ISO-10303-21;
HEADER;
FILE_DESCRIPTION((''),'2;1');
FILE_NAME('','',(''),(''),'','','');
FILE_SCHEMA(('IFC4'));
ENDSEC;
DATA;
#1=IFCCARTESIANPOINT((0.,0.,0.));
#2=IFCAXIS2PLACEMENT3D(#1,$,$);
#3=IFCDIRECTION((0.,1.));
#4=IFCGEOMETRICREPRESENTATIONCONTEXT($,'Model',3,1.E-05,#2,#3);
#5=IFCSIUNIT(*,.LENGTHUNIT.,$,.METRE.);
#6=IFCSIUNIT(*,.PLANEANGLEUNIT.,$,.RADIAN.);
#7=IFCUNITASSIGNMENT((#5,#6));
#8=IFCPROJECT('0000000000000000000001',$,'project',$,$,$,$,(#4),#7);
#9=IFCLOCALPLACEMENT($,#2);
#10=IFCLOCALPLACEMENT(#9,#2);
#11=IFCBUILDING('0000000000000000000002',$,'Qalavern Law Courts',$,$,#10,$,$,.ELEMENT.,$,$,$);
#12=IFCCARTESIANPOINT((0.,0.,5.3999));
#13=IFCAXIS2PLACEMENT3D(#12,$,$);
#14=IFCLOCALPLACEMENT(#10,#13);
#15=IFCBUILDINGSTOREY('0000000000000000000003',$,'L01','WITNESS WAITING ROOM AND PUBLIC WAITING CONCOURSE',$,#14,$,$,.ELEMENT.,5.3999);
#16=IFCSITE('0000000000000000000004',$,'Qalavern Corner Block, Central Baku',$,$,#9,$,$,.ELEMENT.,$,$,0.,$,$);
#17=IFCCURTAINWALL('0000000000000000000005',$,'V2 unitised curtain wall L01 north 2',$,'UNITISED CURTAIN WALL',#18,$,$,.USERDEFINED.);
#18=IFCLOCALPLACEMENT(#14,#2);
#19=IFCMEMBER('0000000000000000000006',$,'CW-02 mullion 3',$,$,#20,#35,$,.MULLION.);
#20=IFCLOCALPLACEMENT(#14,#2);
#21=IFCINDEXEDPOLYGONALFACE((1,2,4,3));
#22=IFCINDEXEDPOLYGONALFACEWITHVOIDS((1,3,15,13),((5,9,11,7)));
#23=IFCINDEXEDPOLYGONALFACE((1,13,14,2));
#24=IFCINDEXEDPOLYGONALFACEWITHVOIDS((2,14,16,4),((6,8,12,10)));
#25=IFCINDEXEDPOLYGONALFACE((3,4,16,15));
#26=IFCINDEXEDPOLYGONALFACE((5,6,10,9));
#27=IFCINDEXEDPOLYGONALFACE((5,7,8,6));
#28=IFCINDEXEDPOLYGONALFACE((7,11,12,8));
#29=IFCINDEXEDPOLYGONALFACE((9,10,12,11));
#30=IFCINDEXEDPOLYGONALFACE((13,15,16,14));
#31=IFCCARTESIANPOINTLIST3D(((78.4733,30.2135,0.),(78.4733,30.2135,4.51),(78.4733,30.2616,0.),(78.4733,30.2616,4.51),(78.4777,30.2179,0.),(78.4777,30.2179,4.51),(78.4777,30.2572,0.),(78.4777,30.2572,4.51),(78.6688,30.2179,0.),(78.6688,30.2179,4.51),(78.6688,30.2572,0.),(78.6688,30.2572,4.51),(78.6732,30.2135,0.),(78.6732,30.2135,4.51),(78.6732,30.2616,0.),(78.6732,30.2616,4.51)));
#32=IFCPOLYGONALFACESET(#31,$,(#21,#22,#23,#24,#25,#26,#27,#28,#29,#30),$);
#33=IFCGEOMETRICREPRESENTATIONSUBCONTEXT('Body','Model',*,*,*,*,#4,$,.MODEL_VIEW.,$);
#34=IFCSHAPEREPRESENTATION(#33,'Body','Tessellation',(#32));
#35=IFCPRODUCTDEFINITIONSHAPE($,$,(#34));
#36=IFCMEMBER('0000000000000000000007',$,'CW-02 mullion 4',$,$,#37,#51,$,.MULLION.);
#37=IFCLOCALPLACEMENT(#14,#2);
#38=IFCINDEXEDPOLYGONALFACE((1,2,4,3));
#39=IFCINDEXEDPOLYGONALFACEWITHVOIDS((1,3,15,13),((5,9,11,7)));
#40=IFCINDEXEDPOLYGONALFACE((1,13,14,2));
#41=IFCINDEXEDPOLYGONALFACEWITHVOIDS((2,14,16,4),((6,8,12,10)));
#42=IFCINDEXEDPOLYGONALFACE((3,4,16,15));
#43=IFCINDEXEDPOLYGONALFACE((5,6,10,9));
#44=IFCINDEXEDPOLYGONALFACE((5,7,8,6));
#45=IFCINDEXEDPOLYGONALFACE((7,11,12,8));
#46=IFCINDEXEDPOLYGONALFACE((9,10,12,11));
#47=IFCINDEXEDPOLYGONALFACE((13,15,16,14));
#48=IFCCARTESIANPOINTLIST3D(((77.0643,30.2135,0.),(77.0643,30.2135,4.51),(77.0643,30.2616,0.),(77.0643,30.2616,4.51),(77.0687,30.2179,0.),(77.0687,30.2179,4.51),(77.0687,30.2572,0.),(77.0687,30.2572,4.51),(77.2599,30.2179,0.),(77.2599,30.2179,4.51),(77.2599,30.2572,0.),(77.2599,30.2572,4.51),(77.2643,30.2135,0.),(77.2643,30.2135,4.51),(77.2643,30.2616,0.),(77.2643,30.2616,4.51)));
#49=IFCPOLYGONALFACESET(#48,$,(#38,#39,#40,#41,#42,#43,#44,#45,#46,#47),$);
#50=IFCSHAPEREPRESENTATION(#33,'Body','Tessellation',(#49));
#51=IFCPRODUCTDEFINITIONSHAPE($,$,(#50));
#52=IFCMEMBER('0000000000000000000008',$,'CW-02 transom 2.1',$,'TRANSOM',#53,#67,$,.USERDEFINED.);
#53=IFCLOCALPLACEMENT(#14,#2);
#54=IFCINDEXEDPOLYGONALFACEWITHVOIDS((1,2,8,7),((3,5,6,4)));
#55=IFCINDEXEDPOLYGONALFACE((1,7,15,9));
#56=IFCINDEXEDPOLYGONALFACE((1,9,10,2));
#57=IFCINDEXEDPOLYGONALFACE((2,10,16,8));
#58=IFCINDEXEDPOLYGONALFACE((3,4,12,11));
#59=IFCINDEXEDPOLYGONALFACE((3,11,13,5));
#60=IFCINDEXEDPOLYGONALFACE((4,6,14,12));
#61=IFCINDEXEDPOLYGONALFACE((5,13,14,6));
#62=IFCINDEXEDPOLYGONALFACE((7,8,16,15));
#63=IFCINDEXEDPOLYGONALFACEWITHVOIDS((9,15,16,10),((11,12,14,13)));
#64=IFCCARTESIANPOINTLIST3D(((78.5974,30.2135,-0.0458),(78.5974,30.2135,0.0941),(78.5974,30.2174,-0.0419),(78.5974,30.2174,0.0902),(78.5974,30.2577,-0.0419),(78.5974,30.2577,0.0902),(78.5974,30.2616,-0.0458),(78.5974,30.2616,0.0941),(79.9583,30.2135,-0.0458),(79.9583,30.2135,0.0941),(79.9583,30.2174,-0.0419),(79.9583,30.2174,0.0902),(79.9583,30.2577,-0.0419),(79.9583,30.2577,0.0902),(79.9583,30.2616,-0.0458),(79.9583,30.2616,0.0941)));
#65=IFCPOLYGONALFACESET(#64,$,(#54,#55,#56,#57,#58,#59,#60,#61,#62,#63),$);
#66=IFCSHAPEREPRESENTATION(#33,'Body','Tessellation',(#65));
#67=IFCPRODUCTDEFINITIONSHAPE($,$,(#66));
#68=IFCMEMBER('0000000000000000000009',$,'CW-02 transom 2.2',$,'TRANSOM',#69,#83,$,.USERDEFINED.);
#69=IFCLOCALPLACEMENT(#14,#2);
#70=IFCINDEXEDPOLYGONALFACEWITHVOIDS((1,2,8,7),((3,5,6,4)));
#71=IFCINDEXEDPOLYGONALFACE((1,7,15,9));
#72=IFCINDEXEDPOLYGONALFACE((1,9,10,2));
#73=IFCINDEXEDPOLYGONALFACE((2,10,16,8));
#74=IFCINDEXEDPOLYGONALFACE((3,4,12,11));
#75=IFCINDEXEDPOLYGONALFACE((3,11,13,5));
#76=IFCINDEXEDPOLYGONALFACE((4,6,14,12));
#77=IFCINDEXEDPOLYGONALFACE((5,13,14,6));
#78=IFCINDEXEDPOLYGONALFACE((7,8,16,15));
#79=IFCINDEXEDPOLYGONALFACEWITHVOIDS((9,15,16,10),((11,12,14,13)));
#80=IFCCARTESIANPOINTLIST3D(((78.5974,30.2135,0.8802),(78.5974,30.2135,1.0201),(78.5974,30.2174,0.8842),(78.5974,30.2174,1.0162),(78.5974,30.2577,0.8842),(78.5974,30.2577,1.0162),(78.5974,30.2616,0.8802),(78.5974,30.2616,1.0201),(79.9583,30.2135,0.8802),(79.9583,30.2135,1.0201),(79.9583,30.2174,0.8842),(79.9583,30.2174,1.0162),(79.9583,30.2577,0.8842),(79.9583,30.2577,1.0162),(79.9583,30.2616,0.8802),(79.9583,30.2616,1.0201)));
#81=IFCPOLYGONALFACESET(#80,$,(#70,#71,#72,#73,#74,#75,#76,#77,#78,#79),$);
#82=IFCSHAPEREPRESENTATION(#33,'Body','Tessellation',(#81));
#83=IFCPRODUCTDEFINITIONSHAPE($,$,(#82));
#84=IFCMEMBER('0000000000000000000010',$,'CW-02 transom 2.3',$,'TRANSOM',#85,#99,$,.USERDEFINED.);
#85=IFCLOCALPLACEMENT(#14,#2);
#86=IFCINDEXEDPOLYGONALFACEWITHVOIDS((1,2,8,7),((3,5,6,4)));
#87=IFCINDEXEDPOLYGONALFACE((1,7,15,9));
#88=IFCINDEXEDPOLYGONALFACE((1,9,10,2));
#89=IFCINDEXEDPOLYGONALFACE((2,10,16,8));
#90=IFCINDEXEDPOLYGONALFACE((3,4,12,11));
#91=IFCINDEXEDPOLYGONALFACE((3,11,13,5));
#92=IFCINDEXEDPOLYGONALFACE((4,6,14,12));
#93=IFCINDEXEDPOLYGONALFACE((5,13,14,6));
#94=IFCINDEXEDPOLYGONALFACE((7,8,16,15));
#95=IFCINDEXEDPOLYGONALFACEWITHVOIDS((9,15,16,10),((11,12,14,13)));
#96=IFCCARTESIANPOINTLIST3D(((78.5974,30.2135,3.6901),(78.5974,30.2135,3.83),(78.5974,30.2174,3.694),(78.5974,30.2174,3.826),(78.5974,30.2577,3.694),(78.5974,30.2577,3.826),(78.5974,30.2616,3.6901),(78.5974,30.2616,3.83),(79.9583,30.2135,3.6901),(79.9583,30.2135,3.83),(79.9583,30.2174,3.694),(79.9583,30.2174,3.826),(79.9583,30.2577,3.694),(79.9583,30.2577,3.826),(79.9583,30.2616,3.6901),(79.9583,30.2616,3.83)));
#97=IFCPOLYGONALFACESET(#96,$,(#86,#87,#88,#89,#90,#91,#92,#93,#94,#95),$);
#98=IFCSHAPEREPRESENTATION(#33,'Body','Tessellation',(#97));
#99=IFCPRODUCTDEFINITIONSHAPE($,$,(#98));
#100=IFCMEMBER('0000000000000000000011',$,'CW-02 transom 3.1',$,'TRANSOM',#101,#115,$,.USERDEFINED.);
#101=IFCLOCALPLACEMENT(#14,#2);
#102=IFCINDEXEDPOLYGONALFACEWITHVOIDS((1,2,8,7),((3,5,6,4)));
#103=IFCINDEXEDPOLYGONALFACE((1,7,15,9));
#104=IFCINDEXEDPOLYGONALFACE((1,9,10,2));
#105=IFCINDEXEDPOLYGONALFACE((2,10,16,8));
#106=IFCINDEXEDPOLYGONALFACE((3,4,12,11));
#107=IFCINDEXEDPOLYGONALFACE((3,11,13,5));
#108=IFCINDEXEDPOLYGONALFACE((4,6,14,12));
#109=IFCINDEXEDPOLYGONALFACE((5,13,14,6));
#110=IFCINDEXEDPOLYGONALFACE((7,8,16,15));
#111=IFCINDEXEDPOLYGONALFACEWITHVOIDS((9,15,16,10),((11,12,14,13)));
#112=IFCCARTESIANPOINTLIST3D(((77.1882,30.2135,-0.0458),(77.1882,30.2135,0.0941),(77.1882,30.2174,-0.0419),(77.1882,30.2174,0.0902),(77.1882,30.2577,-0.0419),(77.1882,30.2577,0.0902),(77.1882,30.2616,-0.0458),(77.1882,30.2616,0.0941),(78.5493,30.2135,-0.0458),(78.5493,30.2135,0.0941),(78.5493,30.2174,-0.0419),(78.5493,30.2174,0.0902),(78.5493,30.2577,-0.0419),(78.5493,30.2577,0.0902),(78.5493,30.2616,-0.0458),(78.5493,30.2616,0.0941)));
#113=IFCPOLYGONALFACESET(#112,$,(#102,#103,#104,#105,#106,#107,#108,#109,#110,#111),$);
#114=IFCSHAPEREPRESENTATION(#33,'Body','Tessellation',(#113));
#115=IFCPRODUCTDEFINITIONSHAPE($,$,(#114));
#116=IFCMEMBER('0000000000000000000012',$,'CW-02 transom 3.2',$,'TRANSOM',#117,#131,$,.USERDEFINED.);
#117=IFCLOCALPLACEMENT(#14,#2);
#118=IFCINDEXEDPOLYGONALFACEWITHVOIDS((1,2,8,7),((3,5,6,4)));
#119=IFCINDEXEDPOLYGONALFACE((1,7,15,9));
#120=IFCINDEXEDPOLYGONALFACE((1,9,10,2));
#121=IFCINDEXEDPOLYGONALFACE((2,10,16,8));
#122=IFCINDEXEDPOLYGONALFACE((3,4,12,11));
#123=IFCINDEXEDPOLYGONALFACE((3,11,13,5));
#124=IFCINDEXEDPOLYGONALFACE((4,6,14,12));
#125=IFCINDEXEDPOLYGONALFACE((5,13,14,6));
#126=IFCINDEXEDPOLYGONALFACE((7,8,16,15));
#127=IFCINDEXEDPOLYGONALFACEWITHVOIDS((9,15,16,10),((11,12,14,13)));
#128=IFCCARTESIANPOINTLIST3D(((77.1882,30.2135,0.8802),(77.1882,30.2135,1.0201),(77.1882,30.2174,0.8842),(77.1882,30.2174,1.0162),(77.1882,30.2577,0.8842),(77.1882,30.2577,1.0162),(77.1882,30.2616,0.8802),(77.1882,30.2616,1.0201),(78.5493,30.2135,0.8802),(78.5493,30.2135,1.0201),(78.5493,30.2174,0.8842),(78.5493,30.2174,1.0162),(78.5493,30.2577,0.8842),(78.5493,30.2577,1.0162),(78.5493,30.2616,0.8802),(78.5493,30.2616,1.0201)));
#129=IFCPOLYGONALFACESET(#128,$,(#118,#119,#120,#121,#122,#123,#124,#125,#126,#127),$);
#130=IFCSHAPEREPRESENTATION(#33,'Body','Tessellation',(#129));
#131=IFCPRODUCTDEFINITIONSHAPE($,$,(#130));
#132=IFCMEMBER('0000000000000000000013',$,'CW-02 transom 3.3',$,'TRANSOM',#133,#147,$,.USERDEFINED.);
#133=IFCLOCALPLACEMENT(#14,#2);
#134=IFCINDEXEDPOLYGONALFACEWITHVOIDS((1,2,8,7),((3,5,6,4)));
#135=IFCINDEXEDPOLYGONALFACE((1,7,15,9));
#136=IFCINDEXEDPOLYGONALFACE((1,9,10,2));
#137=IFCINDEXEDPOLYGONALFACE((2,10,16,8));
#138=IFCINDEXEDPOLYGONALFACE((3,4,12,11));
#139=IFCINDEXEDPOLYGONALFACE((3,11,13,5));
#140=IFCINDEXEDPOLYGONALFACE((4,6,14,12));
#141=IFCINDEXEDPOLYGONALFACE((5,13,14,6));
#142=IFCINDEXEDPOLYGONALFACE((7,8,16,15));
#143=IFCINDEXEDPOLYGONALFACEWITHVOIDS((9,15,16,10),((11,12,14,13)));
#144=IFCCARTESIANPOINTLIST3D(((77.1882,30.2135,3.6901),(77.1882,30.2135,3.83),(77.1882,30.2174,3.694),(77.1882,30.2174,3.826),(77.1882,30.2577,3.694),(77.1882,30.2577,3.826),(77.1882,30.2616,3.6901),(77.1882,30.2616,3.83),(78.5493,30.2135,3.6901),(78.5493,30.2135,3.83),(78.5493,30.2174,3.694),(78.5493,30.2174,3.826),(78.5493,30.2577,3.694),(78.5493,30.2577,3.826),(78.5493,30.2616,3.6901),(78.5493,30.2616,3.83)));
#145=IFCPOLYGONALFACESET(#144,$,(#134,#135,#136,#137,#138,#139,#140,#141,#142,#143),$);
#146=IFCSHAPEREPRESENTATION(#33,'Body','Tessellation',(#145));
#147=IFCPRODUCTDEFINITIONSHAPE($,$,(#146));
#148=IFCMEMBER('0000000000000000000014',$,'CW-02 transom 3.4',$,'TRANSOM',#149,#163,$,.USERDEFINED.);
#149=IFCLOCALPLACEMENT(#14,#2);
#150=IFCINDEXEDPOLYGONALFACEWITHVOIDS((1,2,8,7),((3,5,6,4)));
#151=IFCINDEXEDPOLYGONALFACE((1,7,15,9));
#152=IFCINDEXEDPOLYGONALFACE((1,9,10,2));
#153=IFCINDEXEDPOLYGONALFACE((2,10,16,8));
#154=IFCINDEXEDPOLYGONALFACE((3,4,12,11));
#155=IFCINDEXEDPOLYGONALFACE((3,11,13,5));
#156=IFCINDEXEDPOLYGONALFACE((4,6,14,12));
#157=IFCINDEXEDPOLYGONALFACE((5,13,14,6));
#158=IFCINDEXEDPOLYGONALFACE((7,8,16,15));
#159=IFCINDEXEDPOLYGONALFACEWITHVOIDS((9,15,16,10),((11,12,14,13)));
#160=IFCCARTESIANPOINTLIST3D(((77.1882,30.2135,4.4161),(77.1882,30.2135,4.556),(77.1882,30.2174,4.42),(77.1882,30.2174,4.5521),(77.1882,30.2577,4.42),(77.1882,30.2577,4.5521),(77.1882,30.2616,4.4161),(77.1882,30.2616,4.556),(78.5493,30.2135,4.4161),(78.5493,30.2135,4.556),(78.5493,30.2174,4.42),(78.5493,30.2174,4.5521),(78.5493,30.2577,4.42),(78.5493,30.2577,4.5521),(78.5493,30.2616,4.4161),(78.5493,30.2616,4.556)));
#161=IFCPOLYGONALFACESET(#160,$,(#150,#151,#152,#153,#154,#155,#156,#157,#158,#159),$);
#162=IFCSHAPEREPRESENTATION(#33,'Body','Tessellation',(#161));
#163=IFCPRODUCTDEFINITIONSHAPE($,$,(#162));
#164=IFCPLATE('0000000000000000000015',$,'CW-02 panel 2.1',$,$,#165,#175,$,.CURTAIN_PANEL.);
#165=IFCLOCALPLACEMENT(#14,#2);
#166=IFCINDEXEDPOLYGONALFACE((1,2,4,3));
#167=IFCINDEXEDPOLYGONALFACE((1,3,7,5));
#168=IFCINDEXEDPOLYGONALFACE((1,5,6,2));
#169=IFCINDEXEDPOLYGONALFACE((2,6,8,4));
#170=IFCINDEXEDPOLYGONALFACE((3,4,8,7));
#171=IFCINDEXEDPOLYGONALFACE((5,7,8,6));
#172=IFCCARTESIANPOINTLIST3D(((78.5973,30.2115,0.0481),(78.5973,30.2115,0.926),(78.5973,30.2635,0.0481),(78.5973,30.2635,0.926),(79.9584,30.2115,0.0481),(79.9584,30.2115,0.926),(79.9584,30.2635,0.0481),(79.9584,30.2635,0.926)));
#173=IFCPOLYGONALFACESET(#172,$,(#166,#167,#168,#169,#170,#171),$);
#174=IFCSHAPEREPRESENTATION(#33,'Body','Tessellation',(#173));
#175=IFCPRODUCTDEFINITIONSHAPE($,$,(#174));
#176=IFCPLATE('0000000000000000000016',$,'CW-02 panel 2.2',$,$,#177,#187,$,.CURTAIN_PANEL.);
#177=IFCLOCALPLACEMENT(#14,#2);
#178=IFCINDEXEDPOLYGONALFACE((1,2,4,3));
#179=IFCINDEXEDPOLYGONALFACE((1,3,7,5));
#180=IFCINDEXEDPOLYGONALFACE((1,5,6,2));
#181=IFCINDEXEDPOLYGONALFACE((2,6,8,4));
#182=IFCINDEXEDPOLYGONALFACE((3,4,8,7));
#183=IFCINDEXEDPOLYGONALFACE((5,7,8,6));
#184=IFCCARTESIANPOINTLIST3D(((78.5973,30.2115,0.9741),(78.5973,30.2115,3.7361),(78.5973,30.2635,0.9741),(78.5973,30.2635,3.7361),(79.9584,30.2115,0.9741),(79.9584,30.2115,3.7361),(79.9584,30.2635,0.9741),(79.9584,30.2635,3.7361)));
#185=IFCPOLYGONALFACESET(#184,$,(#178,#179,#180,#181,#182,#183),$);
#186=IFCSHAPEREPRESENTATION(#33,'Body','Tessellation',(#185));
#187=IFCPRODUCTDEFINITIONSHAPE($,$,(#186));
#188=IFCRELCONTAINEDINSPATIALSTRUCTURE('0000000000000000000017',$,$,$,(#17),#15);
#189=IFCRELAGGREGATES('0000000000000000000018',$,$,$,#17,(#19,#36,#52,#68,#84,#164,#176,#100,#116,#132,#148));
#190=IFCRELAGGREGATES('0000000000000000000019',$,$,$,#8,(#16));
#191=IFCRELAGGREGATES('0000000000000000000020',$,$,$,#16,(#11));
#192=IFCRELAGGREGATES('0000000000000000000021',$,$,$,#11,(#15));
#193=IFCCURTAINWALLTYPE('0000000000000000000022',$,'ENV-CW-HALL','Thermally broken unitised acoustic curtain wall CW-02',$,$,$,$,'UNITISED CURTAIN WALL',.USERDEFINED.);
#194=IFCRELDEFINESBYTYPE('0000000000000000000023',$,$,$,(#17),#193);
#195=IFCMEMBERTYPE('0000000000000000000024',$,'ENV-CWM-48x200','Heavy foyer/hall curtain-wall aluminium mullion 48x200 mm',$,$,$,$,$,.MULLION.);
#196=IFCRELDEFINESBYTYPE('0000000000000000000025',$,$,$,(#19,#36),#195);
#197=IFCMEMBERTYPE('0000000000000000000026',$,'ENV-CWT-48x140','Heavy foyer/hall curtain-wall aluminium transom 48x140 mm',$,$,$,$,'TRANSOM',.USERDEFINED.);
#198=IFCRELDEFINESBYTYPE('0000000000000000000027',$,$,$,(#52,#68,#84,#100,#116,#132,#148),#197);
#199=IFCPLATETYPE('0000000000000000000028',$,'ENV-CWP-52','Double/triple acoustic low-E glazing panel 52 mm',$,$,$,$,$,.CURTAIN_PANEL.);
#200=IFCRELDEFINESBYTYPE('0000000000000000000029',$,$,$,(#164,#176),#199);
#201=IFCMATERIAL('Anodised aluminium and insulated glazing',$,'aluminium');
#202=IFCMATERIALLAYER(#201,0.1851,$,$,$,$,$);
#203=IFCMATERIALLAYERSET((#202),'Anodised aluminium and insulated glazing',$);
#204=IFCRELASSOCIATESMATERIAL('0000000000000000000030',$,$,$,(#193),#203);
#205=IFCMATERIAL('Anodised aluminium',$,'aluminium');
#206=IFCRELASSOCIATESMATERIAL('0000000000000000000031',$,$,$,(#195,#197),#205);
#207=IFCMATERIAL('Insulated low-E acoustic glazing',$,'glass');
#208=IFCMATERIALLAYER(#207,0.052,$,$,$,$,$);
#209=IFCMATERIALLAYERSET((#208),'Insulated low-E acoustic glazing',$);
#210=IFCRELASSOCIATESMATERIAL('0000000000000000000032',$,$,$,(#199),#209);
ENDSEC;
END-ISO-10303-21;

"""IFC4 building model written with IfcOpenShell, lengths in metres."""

from ifc_helpers import new_model, si_unit, direction, frame, origin, origin_2d, place, context, subcontext, project, spatial, rectangle, hollow_rectangle, extrude, material, layer, layer_set, material_profile, profile_set, type_object, element, aggregate, save


model = new_model("IFC4")

# Units and contexts
model_context = context("Model", 3, precision=1e-05, world=origin(), true_north=direction((0.0, 1.0)))
body_context = subcontext(model_context, "Body", "Model", "MODEL_VIEW")
ifc_project = project(units=[si_unit("LENGTHUNIT", "METRE"), si_unit("PLANEANGLEUNIT", "RADIAN")], contexts=[model_context])

# Site, building, storey
site_placement = place(None, origin())
site = spatial("IfcSite", under=ifc_project, at=site_placement, Name="Qalavern Corner Block, Central Baku", CompositionType="ELEMENT", RefElevation=0.0)
building_placement = place(site_placement, origin())
building = spatial("IfcBuilding", under=site, at=building_placement, Name="Qalavern Law Courts", CompositionType="ELEMENT")
storey_placement = place(building_placement, frame((0.0, 0.0, 5.3999)))
storey = spatial("IfcBuildingStorey", under=building, at=storey_placement, Name="L01", Description="WITNESS WAITING ROOM AND PUBLIC WAITING CONCOURSE", CompositionType="ELEMENT", Elevation=5.3999)

# Curtain wall, members, plates
ifc_material_1 = material(Name="Anodised aluminium and insulated glazing", Category="aluminium")
ifc_layer_1 = layer(ifc_material_1, 0.1851)
ifc_layer_set_1 = layer_set([ifc_layer_1], Name="Anodised aluminium and insulated glazing")
curtain_wall_type = type_object("IfcCurtainWallType", Name="ENV-CW-HALL", Description="Thermally broken unitised acoustic curtain wall CW-02", ElementType="UNITISED CURTAIN WALL", PredefinedType="USERDEFINED", material=ifc_layer_set_1)
curtain_wall_placement = place(storey_placement, origin())
curtain_wall = element("IfcCurtainWall", 1, at=curtain_wall_placement, inside=storey, type_object=curtain_wall_type, Name="V2 unitised curtain wall L01 north 2", ObjectType="UNITISED CURTAIN WALL", PredefinedType="USERDEFINED")
ifc_material_2 = material(Name="Anodised aluminium", Category="aluminium")
ifc_material_profile_1 = material_profile(ifc_material_2, hollow_rectangle(XDim=0.0481, YDim=0.2, WallThickness=0.0044, at=origin_2d()), Name="ALU MULLION 48x200")
ifc_profile_set_1 = profile_set([ifc_material_profile_1], Name="Anodised aluminium")
member_type_1 = type_object("IfcMemberType", Name="ENV-CWM-48x200", Description="Heavy foyer/hall curtain-wall aluminium mullion 48x200 mm", PredefinedType="MULLION", material=ifc_profile_set_1)
member_1_placement = place(storey_placement, frame((78.5732, 30.2375, 0.0), z_axis=(0.0, 0.0, 1.0), x_axis=(0.0, -1.0, 0.0)))
member_1 = element("IfcMember", 2, at=member_1_placement, type_object=member_type_1, Name="CW-02 mullion 3", PredefinedType="MULLION", context=body_context, shape_type="SweptSolid", body=[
    extrude(hollow_rectangle(XDim=0.0481, YDim=0.2, WallThickness=0.0044, at=origin_2d()), origin(), (0.0, 0.0, 1.0), 4.51),
])
member_2_placement = place(storey_placement, frame((77.1643, 30.2375, 0.0), z_axis=(0.0, 0.0, 1.0), x_axis=(0.0, -1.0, 0.0)))
member_2 = element("IfcMember", 3, at=member_2_placement, type_object=member_type_1, Name="CW-02 mullion 4", PredefinedType="MULLION", context=body_context, shape_type="SweptSolid", body=[
    extrude(hollow_rectangle(XDim=0.0481, YDim=0.2, WallThickness=0.0044, at=origin_2d()), origin(), (0.0, 0.0, 1.0), 4.51),
])
ifc_material_profile_2 = material_profile(ifc_material_2, hollow_rectangle(XDim=0.0481, YDim=0.1399, WallThickness=0.0039, at=origin_2d()), Name="ALU TRANSOM 48x140")
ifc_profile_set_2 = profile_set([ifc_material_profile_2], Name="Anodised aluminium")
member_type_2 = type_object("IfcMemberType", Name="ENV-CWT-48x140", Description="Heavy foyer/hall curtain-wall aluminium transom 48x140 mm", ElementType="TRANSOM", PredefinedType="USERDEFINED", material=ifc_profile_set_2)
member_3_placement = place(storey_placement, frame((79.9583, 30.2375, 0.0242), z_axis=(-1.0, 0.0, 0.0), x_axis=(0.0, -1.0, 0.0)))
member_3 = element("IfcMember", 4, at=member_3_placement, type_object=member_type_2, Name="CW-02 transom 2.1", ObjectType="TRANSOM", PredefinedType="USERDEFINED", context=body_context, shape_type="SweptSolid", body=[
    extrude(hollow_rectangle(XDim=0.0481, YDim=0.1399, WallThickness=0.0039, at=origin_2d()), origin(), (0.0, 0.0, 1.0), 1.3608),
])
member_4_placement = place(storey_placement, frame((79.9583, 30.2375, 0.9502), z_axis=(-1.0, 0.0, 0.0), x_axis=(0.0, -1.0, 0.0)))
member_4 = element("IfcMember", 5, at=member_4_placement, type_object=member_type_2, Name="CW-02 transom 2.2", ObjectType="TRANSOM", PredefinedType="USERDEFINED", context=body_context, shape_type="SweptSolid", body=[
    extrude(hollow_rectangle(XDim=0.0481, YDim=0.1399, WallThickness=0.0039, at=origin_2d()), origin(), (0.0, 0.0, 1.0), 1.3608),
])
member_5_placement = place(storey_placement, frame((79.9583, 30.2375, 3.76), z_axis=(-1.0, 0.0, 0.0), x_axis=(0.0, -1.0, 0.0)))
member_5 = element("IfcMember", 6, at=member_5_placement, type_object=member_type_2, Name="CW-02 transom 2.3", ObjectType="TRANSOM", PredefinedType="USERDEFINED", context=body_context, shape_type="SweptSolid", body=[
    extrude(hollow_rectangle(XDim=0.0481, YDim=0.1399, WallThickness=0.0039, at=origin_2d()), origin(), (0.0, 0.0, 1.0), 1.3608),
])
member_6_placement = place(storey_placement, frame((78.5493, 30.2375, 0.0242), z_axis=(-1.0, 0.0, 0.0), x_axis=(0.0, -1.0, 0.0)))
member_6 = element("IfcMember", 7, at=member_6_placement, type_object=member_type_2, Name="CW-02 transom 3.1", ObjectType="TRANSOM", PredefinedType="USERDEFINED", context=body_context, shape_type="SweptSolid", body=[
    extrude(hollow_rectangle(XDim=0.0481, YDim=0.1399, WallThickness=0.0039, at=origin_2d()), origin(), (0.0, 0.0, 1.0), 1.3611),
])
member_7_placement = place(storey_placement, frame((78.5493, 30.2375, 0.9502), z_axis=(-1.0, 0.0, 0.0), x_axis=(0.0, -1.0, 0.0)))
member_7 = element("IfcMember", 8, at=member_7_placement, type_object=member_type_2, Name="CW-02 transom 3.2", ObjectType="TRANSOM", PredefinedType="USERDEFINED", context=body_context, shape_type="SweptSolid", body=[
    extrude(hollow_rectangle(XDim=0.0481, YDim=0.1399, WallThickness=0.0039, at=origin_2d()), origin(), (0.0, 0.0, 1.0), 1.3611),
])
member_8_placement = place(storey_placement, frame((78.5493, 30.2375, 3.76), z_axis=(-1.0, 0.0, 0.0), x_axis=(0.0, -1.0, 0.0)))
member_8 = element("IfcMember", 9, at=member_8_placement, type_object=member_type_2, Name="CW-02 transom 3.3", ObjectType="TRANSOM", PredefinedType="USERDEFINED", context=body_context, shape_type="SweptSolid", body=[
    extrude(hollow_rectangle(XDim=0.0481, YDim=0.1399, WallThickness=0.0039, at=origin_2d()), origin(), (0.0, 0.0, 1.0), 1.3611),
])
member_9_placement = place(storey_placement, frame((78.5493, 30.2375, 4.4861), z_axis=(-1.0, 0.0, 0.0), x_axis=(0.0, -1.0, 0.0)))
member_9 = element("IfcMember", 10, at=member_9_placement, type_object=member_type_2, Name="CW-02 transom 3.4", ObjectType="TRANSOM", PredefinedType="USERDEFINED", context=body_context, shape_type="SweptSolid", body=[
    extrude(hollow_rectangle(XDim=0.0481, YDim=0.1399, WallThickness=0.0039, at=origin_2d()), origin(), (0.0, 0.0, 1.0), 1.3611),
])
ifc_material_3 = material(Name="Insulated low-E acoustic glazing", Category="glass")
ifc_layer_2 = layer(ifc_material_3, 0.052)
ifc_layer_set_2 = layer_set([ifc_layer_2], Name="Insulated low-E acoustic glazing")
plate_type = type_object("IfcPlateType", Name="ENV-CWP-52", Description="Double/triple acoustic low-E glazing panel 52 mm", PredefinedType="CURTAIN_PANEL", material=ifc_layer_set_2)
plate_1_placement = place(storey_placement, frame((79.2778, 30.2375, 0.0481), z_axis=(0.0, 0.0, 1.0), x_axis=(-1.0, 0.0, 0.0)))
plate_1 = element("IfcPlate", 11, at=plate_1_placement, type_object=plate_type, Name="CW-02 panel 2.1", PredefinedType="CURTAIN_PANEL", context=body_context, shape_type="SweptSolid", body=[
    extrude(rectangle(XDim=1.3611, YDim=0.052, at=origin_2d()), origin(), (0.0, 0.0, 1.0), 0.8779),
])
plate_2_placement = place(storey_placement, frame((79.2778, 30.2375, 0.9741), z_axis=(0.0, 0.0, 1.0), x_axis=(-1.0, 0.0, 0.0)))
plate_2 = element("IfcPlate", 12, at=plate_2_placement, type_object=plate_type, Name="CW-02 panel 2.2", PredefinedType="CURTAIN_PANEL", context=body_context, shape_type="SweptSolid", body=[
    extrude(rectangle(XDim=1.3611, YDim=0.052, at=origin_2d()), origin(), (0.0, 0.0, 1.0), 2.762),
])
aggregate(curtain_wall, [member_1, member_2, member_3, member_4, member_5, plate_1, plate_2, member_6, member_7, member_8, member_9])

save(model, "model.ifc")
